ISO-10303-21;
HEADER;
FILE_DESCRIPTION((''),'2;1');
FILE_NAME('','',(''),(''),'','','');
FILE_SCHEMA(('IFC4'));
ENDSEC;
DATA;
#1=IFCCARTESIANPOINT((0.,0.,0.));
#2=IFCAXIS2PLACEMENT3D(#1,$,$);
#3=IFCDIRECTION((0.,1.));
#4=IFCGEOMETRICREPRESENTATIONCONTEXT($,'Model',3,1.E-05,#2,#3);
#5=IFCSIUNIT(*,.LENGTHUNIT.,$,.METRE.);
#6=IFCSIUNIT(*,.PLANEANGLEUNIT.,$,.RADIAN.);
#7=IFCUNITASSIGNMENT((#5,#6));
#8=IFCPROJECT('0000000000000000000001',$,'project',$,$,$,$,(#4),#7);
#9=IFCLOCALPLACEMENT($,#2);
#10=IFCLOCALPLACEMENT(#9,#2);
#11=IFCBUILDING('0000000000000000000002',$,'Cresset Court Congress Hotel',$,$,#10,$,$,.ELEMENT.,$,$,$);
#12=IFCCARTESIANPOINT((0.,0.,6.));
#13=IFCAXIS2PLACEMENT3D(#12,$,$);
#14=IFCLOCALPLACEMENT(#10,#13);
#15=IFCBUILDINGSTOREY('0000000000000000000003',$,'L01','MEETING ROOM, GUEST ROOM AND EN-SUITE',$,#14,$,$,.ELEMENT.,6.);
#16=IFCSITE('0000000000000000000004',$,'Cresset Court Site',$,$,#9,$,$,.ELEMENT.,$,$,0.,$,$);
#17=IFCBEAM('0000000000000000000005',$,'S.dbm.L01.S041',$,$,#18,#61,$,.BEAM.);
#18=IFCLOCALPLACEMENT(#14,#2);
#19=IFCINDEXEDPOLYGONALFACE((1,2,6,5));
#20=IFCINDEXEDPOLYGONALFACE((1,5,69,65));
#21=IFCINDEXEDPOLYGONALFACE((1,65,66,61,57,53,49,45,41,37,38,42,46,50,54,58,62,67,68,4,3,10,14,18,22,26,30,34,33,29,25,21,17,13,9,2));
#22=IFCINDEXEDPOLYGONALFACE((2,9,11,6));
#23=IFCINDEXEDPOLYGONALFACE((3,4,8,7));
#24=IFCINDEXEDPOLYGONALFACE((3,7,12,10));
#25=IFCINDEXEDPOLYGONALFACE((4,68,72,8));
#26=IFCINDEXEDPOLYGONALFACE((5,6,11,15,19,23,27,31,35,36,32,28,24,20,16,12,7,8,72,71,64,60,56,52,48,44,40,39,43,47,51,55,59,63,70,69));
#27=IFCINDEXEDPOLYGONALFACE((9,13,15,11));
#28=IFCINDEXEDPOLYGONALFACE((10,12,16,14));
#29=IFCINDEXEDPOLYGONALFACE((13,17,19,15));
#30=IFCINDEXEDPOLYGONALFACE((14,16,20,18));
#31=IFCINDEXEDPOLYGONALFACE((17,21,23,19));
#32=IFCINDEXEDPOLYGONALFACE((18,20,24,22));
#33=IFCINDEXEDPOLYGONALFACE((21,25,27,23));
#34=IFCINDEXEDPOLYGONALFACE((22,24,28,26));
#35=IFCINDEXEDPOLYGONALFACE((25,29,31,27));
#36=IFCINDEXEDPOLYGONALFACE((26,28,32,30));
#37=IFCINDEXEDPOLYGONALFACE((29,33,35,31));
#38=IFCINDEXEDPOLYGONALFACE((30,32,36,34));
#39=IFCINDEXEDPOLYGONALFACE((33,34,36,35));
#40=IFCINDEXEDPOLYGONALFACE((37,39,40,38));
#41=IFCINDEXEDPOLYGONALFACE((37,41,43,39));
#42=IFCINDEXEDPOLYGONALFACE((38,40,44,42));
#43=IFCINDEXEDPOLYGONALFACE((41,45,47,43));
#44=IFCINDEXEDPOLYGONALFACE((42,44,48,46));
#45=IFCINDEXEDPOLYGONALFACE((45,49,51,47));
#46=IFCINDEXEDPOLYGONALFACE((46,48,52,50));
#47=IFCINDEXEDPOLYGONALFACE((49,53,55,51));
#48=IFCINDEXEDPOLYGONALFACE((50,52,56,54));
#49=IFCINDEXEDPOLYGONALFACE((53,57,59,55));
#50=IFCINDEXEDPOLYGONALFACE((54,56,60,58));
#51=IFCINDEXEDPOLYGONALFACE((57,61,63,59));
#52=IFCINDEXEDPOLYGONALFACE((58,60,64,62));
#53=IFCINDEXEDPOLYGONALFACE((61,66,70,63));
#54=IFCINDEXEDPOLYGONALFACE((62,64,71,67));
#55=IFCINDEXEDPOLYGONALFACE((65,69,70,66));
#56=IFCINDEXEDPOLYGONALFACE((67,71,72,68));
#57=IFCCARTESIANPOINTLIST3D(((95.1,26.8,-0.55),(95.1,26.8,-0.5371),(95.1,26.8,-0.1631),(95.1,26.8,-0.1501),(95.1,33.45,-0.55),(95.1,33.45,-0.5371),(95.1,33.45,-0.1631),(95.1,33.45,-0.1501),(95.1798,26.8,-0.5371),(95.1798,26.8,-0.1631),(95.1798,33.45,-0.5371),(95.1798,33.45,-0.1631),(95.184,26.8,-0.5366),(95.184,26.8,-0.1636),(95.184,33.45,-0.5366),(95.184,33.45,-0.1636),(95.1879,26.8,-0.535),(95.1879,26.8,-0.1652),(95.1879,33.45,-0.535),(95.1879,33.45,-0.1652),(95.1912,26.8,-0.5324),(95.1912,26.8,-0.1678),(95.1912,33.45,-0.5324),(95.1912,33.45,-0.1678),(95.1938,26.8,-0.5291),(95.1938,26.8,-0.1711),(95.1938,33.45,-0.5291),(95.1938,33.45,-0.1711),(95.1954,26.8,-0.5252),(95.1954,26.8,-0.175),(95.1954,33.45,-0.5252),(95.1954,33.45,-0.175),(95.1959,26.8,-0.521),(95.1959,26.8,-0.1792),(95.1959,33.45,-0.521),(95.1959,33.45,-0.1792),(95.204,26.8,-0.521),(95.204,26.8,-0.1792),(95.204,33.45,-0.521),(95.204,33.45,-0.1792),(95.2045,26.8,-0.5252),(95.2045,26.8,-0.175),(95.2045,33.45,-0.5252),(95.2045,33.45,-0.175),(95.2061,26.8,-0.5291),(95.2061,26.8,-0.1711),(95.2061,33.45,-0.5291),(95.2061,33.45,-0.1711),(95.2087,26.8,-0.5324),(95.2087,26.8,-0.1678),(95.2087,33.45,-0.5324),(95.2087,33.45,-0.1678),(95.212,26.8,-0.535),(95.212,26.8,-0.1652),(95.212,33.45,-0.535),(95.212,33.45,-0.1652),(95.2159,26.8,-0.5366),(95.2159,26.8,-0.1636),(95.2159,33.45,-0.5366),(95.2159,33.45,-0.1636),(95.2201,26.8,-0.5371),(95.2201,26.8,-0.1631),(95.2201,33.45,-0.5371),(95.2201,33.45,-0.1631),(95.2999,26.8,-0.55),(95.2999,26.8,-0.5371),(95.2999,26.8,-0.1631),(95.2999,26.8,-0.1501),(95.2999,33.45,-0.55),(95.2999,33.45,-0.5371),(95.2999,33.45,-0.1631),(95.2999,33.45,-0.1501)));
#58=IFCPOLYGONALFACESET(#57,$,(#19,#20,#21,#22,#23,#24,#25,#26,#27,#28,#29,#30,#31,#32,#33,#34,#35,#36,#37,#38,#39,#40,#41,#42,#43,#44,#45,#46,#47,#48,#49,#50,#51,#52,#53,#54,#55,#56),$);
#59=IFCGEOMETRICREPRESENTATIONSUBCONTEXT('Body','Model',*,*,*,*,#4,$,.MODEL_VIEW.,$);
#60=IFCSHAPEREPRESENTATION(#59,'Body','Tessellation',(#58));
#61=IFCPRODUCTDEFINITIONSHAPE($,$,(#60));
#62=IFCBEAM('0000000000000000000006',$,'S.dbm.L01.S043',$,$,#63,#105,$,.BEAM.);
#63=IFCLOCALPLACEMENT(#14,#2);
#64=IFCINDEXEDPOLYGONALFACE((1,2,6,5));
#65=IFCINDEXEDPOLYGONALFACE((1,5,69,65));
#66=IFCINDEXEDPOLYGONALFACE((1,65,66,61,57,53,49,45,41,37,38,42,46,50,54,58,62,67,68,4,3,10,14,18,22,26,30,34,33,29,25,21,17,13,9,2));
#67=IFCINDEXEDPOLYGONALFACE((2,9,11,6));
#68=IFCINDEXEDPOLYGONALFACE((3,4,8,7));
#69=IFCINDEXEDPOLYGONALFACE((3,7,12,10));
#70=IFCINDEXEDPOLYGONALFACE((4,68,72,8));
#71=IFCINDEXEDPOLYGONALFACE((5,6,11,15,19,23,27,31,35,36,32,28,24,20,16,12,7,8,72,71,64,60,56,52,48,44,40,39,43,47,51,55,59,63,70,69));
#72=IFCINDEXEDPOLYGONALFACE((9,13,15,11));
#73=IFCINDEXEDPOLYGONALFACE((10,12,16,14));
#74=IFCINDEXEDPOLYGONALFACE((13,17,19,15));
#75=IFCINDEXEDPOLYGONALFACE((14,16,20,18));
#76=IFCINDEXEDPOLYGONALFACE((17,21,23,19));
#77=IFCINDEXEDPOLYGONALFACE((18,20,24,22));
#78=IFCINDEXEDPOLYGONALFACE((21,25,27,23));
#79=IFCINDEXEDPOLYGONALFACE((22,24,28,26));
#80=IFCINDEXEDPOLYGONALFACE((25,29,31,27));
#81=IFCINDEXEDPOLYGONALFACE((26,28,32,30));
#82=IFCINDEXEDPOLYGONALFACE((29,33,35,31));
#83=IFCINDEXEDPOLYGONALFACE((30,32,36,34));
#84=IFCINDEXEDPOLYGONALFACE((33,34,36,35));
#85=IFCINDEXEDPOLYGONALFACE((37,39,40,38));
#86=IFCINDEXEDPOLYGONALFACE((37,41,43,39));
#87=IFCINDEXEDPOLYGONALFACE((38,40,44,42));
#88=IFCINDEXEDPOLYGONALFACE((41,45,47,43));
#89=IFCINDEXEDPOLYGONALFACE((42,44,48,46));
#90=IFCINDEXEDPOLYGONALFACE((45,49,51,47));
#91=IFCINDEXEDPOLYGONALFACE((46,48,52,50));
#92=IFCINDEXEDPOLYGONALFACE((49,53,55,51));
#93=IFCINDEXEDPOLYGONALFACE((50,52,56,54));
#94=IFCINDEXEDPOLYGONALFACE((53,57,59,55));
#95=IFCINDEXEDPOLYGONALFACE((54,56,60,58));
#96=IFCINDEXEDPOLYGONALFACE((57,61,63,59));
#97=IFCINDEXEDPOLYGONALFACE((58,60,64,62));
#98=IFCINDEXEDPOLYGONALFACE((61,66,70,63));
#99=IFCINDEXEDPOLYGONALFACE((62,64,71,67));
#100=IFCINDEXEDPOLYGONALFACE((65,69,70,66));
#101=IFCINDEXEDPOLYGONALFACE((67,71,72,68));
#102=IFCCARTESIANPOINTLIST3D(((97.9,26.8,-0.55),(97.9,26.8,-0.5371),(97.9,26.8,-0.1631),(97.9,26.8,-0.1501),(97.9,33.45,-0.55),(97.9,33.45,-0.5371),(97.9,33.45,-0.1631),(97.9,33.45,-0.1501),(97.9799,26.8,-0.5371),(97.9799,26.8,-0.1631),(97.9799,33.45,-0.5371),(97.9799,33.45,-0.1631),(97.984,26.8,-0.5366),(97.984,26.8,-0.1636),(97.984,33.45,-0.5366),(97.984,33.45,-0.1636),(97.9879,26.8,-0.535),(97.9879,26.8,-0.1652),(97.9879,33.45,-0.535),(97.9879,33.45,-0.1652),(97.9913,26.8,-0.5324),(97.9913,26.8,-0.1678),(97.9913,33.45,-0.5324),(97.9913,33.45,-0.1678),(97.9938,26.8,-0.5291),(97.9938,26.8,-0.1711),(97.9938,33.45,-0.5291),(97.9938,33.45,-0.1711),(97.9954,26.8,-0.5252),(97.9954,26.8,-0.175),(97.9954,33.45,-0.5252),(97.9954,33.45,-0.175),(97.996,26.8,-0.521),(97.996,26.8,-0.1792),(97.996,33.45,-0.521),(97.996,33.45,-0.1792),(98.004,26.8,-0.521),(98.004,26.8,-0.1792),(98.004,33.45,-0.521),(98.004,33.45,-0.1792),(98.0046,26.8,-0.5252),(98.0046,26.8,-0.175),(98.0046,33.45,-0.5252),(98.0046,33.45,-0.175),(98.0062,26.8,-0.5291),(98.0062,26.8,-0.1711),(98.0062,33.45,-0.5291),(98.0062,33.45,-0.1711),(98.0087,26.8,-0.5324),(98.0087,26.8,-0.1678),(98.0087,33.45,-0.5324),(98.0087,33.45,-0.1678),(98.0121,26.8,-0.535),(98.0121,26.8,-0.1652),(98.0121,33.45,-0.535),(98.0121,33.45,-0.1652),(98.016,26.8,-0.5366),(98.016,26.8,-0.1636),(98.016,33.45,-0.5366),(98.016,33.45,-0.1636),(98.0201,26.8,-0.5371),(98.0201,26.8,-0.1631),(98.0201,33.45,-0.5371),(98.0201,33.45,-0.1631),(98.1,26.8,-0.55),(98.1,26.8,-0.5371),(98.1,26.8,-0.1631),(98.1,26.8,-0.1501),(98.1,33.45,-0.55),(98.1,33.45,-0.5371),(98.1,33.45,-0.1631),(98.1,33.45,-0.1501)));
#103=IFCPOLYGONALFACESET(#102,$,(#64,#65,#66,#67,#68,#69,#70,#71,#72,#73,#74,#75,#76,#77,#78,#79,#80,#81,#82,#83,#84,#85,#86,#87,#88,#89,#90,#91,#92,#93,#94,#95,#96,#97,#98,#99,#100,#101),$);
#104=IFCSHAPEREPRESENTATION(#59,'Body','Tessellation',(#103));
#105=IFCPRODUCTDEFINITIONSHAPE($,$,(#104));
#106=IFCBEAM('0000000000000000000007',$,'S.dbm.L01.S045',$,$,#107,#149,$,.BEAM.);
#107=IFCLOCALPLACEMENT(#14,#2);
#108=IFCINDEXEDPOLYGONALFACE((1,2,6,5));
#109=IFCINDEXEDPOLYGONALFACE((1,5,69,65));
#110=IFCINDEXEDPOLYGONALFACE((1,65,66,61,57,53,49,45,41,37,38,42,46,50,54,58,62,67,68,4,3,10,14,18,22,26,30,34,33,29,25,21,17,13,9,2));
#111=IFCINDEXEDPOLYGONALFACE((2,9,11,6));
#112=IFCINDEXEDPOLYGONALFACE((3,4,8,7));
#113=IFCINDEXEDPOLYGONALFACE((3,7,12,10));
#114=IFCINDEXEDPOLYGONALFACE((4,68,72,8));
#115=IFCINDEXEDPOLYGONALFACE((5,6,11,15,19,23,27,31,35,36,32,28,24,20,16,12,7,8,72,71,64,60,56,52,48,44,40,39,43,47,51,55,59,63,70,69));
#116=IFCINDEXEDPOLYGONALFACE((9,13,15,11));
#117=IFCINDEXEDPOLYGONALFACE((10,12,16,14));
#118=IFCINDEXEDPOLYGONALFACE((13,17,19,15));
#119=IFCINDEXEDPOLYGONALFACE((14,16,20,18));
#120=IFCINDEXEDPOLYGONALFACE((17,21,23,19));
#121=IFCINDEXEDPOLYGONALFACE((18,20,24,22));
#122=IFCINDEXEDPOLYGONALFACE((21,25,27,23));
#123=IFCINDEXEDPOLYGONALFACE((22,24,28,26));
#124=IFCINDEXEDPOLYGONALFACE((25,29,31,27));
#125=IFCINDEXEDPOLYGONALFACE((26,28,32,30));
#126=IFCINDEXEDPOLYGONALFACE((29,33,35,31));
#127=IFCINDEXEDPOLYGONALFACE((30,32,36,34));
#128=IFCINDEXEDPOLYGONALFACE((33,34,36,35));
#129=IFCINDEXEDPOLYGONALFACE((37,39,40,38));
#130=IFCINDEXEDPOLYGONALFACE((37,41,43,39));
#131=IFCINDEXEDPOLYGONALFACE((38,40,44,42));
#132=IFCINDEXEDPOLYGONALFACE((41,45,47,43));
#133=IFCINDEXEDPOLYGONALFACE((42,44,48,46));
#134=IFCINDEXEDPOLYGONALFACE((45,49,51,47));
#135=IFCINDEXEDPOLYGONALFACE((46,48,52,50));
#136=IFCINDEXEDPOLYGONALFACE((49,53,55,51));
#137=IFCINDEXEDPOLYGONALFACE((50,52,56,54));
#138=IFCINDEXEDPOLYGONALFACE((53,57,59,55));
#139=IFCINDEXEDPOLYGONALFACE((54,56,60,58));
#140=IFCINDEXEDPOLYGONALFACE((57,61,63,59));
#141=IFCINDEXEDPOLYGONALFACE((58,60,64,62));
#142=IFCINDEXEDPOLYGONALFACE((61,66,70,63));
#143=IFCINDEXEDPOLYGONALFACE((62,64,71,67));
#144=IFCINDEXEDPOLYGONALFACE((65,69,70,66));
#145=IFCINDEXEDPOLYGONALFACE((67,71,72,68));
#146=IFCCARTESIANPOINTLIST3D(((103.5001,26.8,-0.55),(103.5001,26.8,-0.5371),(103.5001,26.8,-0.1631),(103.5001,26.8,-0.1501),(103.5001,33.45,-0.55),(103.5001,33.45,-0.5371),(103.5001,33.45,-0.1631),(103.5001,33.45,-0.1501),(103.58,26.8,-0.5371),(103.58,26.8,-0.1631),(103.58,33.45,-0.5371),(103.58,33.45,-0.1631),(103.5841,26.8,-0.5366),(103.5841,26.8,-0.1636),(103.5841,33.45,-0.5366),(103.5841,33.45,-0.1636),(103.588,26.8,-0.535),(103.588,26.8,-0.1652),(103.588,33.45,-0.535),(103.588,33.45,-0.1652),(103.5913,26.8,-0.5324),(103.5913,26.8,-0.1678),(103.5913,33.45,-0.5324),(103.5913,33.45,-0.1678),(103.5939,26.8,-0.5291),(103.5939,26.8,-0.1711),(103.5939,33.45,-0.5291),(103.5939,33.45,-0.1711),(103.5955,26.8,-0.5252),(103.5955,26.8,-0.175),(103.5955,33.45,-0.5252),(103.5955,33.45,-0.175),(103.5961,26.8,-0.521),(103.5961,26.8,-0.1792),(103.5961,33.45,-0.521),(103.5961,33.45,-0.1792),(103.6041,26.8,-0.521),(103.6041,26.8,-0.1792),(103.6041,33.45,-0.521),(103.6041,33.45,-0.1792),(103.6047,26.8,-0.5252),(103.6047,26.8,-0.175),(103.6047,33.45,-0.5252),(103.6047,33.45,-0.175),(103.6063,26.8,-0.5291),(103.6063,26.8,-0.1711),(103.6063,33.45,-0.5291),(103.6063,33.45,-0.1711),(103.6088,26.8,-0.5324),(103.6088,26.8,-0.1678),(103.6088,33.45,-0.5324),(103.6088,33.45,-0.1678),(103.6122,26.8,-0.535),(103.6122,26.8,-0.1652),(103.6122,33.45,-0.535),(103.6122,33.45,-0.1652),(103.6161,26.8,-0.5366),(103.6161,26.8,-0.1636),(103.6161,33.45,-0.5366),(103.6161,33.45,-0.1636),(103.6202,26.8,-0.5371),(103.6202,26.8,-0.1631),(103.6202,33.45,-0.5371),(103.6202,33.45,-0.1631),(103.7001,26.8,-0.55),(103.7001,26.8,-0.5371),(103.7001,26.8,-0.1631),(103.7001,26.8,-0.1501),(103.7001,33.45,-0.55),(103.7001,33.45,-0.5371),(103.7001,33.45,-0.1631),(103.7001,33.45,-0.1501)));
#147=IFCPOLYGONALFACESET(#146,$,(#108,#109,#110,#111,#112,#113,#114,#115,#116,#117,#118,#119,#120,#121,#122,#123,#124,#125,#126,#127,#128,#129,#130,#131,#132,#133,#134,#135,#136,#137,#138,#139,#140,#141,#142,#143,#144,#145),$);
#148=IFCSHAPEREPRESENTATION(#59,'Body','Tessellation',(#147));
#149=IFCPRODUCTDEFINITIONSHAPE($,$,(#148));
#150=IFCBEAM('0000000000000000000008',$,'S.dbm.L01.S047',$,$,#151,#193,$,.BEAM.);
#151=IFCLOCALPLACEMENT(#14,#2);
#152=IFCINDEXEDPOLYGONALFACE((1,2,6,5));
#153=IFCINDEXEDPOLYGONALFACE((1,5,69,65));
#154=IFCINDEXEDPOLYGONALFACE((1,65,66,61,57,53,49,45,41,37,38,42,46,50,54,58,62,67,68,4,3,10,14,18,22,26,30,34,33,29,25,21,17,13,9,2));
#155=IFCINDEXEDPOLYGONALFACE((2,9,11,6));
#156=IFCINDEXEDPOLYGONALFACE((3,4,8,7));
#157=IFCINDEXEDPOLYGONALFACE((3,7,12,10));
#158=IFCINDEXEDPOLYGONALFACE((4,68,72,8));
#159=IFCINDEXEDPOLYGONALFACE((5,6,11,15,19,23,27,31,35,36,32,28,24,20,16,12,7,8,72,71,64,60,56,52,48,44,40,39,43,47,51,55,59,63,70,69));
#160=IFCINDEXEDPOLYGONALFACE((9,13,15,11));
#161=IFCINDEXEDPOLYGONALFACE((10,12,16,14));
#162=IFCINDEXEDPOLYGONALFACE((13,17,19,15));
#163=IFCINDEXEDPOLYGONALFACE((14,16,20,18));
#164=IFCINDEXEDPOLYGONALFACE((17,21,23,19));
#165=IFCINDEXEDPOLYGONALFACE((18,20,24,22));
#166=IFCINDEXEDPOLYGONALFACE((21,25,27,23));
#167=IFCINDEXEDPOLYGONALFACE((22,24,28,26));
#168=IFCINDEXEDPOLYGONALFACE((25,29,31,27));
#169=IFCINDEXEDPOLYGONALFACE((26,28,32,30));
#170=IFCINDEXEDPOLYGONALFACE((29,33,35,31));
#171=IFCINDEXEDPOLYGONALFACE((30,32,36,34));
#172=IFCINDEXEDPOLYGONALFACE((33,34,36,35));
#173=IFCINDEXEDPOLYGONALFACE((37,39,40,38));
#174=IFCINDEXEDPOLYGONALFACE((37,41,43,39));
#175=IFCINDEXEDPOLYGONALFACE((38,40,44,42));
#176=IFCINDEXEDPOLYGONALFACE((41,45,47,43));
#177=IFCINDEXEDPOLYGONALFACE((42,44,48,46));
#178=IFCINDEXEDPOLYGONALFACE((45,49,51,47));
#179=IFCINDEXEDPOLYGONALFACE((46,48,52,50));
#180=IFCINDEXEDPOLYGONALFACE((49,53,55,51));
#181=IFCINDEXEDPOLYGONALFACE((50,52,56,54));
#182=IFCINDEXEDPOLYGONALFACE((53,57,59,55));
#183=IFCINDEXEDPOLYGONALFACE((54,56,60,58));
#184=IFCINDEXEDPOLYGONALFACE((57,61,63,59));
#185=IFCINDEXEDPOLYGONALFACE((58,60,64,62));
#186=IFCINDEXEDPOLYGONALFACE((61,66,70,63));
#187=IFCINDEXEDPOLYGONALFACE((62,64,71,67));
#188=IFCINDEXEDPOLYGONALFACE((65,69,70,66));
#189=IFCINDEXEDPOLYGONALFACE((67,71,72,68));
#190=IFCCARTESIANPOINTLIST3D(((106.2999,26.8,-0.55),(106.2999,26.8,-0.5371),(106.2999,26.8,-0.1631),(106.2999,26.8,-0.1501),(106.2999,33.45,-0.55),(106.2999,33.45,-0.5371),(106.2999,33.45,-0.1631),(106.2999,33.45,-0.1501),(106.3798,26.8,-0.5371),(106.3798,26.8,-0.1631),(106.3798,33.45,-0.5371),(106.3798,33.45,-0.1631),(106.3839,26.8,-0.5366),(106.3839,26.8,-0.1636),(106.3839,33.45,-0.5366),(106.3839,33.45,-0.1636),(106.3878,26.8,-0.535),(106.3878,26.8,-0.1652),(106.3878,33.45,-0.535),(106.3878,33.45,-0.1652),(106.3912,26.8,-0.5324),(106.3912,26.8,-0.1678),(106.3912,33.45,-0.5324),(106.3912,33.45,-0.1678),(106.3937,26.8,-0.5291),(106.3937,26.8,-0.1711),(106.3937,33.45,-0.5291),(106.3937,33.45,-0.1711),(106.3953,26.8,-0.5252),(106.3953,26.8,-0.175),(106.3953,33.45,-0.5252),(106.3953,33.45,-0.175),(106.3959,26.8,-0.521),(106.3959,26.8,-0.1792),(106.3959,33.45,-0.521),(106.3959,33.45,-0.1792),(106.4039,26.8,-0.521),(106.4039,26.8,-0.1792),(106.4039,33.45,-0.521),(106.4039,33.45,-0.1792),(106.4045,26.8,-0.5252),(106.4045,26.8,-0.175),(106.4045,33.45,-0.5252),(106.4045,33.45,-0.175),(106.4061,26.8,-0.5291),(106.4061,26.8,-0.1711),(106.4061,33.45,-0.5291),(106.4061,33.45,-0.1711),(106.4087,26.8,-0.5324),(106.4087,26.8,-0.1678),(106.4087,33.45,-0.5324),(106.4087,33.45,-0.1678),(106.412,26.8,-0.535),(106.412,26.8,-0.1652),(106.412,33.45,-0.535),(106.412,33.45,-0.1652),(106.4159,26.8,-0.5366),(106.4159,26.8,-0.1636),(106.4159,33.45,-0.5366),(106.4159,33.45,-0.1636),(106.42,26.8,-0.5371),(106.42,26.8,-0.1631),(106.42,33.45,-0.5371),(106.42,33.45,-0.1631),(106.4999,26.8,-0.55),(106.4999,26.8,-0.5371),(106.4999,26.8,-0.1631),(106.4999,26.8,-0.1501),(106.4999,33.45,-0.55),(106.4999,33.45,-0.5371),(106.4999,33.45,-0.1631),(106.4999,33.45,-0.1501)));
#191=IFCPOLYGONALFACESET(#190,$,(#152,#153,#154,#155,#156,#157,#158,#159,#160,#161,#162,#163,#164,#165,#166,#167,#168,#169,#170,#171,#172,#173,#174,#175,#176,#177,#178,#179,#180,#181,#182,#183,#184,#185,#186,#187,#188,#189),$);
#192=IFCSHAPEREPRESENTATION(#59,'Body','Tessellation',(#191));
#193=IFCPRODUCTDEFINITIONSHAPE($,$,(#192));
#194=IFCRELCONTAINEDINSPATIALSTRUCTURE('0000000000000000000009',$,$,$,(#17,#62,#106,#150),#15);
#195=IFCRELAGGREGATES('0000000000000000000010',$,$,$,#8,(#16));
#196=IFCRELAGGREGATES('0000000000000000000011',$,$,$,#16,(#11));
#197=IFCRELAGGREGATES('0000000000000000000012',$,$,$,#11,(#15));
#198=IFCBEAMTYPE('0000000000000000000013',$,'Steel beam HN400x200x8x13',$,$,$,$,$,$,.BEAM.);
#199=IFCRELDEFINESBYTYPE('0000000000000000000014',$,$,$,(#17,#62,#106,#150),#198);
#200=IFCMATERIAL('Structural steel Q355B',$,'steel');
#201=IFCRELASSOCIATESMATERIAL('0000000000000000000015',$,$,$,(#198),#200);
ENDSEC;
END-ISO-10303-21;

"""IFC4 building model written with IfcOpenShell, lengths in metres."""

from ifc_helpers import new_model, si_unit, direction, frame, origin, origin_2d, place, context, subcontext, project, spatial, i_section, extrude, material, material_profile, profile_set, type_object, element, save


model = new_model("IFC4")

# Units and contexts
model_context = context("Model", 3, precision=1e-05, world=origin(), true_north=direction((0.0, 1.0)))
body_context = subcontext(model_context, "Body", "Model", "MODEL_VIEW")
ifc_project = project(units=[si_unit("LENGTHUNIT", "METRE"), si_unit("PLANEANGLEUNIT", "RADIAN")], contexts=[model_context])

# Site, building, storey
site_placement = place(None, origin())
site = spatial("IfcSite", under=ifc_project, at=site_placement, Name="Cresset Court Site", CompositionType="ELEMENT", RefElevation=0.0)
building_placement = place(site_placement, origin())
building = spatial("IfcBuilding", under=site, at=building_placement, Name="Cresset Court Congress Hotel", CompositionType="ELEMENT")
storey_placement = place(building_placement, frame((0.0, 0.0, 6.0)))
storey = spatial("IfcBuildingStorey", under=building, at=storey_placement, Name="L01", Description="MEETING ROOM, GUEST ROOM AND EN-SUITE", CompositionType="ELEMENT", Elevation=6.0)

# Beams
ifc_material_1 = material(Name="Structural steel Q355B", Category="steel")
ifc_material_profile_1 = material_profile(ifc_material_1, i_section(OverallWidth=0.2, OverallDepth=0.3999, WebThickness=0.0081, FlangeThickness=0.0129, FilletRadius=0.0161, at=origin_2d()), Name="HN400x200x8x13")
ifc_profile_set_1 = profile_set([ifc_material_profile_1], Name="Structural steel Q355B")
beam_type_1 = type_object("IfcBeamType", Name="Steel beam HN400x200x8x13", PredefinedType="BEAM", material=ifc_profile_set_1)
for number, where, z_axis, x_axis, name in (
    (1, (95.2, 26.8, -0.3501), (0.0, 1.0, 0.0), (-1.0, 0.0, 0.0), "S.dbm.L01.S041"),
    (2, (98.0, 26.8, -0.3501), (0.0, 1.0, 0.0), (-1.0, 0.0, 0.0), "S.dbm.L01.S043"),
    (3, (103.6001, 26.8, -0.3501), (0.0, 1.0, 0.0), (-1.0, 0.0, 0.0), "S.dbm.L01.S045"),
    (4, (106.3999, 26.8, -0.3501), (0.0, 1.0, 0.0), (-1.0, 0.0, 0.0), "S.dbm.L01.S047"),
):
    element("IfcBeam", number, at=place(storey_placement, frame(where, z_axis=z_axis, x_axis=x_axis)), inside=storey, type_object=beam_type_1, Name=name, PredefinedType="BEAM", context=body_context, shape_type="SweptSolid", body=[
        extrude(i_section(OverallWidth=0.2, OverallDepth=0.3999, WebThickness=0.0081, FlangeThickness=0.0129, FilletRadius=0.0161, at=origin_2d()), origin(), (0.0, 0.0, 1.0), 6.6499),
    ])

save(model, "model.ifc")
